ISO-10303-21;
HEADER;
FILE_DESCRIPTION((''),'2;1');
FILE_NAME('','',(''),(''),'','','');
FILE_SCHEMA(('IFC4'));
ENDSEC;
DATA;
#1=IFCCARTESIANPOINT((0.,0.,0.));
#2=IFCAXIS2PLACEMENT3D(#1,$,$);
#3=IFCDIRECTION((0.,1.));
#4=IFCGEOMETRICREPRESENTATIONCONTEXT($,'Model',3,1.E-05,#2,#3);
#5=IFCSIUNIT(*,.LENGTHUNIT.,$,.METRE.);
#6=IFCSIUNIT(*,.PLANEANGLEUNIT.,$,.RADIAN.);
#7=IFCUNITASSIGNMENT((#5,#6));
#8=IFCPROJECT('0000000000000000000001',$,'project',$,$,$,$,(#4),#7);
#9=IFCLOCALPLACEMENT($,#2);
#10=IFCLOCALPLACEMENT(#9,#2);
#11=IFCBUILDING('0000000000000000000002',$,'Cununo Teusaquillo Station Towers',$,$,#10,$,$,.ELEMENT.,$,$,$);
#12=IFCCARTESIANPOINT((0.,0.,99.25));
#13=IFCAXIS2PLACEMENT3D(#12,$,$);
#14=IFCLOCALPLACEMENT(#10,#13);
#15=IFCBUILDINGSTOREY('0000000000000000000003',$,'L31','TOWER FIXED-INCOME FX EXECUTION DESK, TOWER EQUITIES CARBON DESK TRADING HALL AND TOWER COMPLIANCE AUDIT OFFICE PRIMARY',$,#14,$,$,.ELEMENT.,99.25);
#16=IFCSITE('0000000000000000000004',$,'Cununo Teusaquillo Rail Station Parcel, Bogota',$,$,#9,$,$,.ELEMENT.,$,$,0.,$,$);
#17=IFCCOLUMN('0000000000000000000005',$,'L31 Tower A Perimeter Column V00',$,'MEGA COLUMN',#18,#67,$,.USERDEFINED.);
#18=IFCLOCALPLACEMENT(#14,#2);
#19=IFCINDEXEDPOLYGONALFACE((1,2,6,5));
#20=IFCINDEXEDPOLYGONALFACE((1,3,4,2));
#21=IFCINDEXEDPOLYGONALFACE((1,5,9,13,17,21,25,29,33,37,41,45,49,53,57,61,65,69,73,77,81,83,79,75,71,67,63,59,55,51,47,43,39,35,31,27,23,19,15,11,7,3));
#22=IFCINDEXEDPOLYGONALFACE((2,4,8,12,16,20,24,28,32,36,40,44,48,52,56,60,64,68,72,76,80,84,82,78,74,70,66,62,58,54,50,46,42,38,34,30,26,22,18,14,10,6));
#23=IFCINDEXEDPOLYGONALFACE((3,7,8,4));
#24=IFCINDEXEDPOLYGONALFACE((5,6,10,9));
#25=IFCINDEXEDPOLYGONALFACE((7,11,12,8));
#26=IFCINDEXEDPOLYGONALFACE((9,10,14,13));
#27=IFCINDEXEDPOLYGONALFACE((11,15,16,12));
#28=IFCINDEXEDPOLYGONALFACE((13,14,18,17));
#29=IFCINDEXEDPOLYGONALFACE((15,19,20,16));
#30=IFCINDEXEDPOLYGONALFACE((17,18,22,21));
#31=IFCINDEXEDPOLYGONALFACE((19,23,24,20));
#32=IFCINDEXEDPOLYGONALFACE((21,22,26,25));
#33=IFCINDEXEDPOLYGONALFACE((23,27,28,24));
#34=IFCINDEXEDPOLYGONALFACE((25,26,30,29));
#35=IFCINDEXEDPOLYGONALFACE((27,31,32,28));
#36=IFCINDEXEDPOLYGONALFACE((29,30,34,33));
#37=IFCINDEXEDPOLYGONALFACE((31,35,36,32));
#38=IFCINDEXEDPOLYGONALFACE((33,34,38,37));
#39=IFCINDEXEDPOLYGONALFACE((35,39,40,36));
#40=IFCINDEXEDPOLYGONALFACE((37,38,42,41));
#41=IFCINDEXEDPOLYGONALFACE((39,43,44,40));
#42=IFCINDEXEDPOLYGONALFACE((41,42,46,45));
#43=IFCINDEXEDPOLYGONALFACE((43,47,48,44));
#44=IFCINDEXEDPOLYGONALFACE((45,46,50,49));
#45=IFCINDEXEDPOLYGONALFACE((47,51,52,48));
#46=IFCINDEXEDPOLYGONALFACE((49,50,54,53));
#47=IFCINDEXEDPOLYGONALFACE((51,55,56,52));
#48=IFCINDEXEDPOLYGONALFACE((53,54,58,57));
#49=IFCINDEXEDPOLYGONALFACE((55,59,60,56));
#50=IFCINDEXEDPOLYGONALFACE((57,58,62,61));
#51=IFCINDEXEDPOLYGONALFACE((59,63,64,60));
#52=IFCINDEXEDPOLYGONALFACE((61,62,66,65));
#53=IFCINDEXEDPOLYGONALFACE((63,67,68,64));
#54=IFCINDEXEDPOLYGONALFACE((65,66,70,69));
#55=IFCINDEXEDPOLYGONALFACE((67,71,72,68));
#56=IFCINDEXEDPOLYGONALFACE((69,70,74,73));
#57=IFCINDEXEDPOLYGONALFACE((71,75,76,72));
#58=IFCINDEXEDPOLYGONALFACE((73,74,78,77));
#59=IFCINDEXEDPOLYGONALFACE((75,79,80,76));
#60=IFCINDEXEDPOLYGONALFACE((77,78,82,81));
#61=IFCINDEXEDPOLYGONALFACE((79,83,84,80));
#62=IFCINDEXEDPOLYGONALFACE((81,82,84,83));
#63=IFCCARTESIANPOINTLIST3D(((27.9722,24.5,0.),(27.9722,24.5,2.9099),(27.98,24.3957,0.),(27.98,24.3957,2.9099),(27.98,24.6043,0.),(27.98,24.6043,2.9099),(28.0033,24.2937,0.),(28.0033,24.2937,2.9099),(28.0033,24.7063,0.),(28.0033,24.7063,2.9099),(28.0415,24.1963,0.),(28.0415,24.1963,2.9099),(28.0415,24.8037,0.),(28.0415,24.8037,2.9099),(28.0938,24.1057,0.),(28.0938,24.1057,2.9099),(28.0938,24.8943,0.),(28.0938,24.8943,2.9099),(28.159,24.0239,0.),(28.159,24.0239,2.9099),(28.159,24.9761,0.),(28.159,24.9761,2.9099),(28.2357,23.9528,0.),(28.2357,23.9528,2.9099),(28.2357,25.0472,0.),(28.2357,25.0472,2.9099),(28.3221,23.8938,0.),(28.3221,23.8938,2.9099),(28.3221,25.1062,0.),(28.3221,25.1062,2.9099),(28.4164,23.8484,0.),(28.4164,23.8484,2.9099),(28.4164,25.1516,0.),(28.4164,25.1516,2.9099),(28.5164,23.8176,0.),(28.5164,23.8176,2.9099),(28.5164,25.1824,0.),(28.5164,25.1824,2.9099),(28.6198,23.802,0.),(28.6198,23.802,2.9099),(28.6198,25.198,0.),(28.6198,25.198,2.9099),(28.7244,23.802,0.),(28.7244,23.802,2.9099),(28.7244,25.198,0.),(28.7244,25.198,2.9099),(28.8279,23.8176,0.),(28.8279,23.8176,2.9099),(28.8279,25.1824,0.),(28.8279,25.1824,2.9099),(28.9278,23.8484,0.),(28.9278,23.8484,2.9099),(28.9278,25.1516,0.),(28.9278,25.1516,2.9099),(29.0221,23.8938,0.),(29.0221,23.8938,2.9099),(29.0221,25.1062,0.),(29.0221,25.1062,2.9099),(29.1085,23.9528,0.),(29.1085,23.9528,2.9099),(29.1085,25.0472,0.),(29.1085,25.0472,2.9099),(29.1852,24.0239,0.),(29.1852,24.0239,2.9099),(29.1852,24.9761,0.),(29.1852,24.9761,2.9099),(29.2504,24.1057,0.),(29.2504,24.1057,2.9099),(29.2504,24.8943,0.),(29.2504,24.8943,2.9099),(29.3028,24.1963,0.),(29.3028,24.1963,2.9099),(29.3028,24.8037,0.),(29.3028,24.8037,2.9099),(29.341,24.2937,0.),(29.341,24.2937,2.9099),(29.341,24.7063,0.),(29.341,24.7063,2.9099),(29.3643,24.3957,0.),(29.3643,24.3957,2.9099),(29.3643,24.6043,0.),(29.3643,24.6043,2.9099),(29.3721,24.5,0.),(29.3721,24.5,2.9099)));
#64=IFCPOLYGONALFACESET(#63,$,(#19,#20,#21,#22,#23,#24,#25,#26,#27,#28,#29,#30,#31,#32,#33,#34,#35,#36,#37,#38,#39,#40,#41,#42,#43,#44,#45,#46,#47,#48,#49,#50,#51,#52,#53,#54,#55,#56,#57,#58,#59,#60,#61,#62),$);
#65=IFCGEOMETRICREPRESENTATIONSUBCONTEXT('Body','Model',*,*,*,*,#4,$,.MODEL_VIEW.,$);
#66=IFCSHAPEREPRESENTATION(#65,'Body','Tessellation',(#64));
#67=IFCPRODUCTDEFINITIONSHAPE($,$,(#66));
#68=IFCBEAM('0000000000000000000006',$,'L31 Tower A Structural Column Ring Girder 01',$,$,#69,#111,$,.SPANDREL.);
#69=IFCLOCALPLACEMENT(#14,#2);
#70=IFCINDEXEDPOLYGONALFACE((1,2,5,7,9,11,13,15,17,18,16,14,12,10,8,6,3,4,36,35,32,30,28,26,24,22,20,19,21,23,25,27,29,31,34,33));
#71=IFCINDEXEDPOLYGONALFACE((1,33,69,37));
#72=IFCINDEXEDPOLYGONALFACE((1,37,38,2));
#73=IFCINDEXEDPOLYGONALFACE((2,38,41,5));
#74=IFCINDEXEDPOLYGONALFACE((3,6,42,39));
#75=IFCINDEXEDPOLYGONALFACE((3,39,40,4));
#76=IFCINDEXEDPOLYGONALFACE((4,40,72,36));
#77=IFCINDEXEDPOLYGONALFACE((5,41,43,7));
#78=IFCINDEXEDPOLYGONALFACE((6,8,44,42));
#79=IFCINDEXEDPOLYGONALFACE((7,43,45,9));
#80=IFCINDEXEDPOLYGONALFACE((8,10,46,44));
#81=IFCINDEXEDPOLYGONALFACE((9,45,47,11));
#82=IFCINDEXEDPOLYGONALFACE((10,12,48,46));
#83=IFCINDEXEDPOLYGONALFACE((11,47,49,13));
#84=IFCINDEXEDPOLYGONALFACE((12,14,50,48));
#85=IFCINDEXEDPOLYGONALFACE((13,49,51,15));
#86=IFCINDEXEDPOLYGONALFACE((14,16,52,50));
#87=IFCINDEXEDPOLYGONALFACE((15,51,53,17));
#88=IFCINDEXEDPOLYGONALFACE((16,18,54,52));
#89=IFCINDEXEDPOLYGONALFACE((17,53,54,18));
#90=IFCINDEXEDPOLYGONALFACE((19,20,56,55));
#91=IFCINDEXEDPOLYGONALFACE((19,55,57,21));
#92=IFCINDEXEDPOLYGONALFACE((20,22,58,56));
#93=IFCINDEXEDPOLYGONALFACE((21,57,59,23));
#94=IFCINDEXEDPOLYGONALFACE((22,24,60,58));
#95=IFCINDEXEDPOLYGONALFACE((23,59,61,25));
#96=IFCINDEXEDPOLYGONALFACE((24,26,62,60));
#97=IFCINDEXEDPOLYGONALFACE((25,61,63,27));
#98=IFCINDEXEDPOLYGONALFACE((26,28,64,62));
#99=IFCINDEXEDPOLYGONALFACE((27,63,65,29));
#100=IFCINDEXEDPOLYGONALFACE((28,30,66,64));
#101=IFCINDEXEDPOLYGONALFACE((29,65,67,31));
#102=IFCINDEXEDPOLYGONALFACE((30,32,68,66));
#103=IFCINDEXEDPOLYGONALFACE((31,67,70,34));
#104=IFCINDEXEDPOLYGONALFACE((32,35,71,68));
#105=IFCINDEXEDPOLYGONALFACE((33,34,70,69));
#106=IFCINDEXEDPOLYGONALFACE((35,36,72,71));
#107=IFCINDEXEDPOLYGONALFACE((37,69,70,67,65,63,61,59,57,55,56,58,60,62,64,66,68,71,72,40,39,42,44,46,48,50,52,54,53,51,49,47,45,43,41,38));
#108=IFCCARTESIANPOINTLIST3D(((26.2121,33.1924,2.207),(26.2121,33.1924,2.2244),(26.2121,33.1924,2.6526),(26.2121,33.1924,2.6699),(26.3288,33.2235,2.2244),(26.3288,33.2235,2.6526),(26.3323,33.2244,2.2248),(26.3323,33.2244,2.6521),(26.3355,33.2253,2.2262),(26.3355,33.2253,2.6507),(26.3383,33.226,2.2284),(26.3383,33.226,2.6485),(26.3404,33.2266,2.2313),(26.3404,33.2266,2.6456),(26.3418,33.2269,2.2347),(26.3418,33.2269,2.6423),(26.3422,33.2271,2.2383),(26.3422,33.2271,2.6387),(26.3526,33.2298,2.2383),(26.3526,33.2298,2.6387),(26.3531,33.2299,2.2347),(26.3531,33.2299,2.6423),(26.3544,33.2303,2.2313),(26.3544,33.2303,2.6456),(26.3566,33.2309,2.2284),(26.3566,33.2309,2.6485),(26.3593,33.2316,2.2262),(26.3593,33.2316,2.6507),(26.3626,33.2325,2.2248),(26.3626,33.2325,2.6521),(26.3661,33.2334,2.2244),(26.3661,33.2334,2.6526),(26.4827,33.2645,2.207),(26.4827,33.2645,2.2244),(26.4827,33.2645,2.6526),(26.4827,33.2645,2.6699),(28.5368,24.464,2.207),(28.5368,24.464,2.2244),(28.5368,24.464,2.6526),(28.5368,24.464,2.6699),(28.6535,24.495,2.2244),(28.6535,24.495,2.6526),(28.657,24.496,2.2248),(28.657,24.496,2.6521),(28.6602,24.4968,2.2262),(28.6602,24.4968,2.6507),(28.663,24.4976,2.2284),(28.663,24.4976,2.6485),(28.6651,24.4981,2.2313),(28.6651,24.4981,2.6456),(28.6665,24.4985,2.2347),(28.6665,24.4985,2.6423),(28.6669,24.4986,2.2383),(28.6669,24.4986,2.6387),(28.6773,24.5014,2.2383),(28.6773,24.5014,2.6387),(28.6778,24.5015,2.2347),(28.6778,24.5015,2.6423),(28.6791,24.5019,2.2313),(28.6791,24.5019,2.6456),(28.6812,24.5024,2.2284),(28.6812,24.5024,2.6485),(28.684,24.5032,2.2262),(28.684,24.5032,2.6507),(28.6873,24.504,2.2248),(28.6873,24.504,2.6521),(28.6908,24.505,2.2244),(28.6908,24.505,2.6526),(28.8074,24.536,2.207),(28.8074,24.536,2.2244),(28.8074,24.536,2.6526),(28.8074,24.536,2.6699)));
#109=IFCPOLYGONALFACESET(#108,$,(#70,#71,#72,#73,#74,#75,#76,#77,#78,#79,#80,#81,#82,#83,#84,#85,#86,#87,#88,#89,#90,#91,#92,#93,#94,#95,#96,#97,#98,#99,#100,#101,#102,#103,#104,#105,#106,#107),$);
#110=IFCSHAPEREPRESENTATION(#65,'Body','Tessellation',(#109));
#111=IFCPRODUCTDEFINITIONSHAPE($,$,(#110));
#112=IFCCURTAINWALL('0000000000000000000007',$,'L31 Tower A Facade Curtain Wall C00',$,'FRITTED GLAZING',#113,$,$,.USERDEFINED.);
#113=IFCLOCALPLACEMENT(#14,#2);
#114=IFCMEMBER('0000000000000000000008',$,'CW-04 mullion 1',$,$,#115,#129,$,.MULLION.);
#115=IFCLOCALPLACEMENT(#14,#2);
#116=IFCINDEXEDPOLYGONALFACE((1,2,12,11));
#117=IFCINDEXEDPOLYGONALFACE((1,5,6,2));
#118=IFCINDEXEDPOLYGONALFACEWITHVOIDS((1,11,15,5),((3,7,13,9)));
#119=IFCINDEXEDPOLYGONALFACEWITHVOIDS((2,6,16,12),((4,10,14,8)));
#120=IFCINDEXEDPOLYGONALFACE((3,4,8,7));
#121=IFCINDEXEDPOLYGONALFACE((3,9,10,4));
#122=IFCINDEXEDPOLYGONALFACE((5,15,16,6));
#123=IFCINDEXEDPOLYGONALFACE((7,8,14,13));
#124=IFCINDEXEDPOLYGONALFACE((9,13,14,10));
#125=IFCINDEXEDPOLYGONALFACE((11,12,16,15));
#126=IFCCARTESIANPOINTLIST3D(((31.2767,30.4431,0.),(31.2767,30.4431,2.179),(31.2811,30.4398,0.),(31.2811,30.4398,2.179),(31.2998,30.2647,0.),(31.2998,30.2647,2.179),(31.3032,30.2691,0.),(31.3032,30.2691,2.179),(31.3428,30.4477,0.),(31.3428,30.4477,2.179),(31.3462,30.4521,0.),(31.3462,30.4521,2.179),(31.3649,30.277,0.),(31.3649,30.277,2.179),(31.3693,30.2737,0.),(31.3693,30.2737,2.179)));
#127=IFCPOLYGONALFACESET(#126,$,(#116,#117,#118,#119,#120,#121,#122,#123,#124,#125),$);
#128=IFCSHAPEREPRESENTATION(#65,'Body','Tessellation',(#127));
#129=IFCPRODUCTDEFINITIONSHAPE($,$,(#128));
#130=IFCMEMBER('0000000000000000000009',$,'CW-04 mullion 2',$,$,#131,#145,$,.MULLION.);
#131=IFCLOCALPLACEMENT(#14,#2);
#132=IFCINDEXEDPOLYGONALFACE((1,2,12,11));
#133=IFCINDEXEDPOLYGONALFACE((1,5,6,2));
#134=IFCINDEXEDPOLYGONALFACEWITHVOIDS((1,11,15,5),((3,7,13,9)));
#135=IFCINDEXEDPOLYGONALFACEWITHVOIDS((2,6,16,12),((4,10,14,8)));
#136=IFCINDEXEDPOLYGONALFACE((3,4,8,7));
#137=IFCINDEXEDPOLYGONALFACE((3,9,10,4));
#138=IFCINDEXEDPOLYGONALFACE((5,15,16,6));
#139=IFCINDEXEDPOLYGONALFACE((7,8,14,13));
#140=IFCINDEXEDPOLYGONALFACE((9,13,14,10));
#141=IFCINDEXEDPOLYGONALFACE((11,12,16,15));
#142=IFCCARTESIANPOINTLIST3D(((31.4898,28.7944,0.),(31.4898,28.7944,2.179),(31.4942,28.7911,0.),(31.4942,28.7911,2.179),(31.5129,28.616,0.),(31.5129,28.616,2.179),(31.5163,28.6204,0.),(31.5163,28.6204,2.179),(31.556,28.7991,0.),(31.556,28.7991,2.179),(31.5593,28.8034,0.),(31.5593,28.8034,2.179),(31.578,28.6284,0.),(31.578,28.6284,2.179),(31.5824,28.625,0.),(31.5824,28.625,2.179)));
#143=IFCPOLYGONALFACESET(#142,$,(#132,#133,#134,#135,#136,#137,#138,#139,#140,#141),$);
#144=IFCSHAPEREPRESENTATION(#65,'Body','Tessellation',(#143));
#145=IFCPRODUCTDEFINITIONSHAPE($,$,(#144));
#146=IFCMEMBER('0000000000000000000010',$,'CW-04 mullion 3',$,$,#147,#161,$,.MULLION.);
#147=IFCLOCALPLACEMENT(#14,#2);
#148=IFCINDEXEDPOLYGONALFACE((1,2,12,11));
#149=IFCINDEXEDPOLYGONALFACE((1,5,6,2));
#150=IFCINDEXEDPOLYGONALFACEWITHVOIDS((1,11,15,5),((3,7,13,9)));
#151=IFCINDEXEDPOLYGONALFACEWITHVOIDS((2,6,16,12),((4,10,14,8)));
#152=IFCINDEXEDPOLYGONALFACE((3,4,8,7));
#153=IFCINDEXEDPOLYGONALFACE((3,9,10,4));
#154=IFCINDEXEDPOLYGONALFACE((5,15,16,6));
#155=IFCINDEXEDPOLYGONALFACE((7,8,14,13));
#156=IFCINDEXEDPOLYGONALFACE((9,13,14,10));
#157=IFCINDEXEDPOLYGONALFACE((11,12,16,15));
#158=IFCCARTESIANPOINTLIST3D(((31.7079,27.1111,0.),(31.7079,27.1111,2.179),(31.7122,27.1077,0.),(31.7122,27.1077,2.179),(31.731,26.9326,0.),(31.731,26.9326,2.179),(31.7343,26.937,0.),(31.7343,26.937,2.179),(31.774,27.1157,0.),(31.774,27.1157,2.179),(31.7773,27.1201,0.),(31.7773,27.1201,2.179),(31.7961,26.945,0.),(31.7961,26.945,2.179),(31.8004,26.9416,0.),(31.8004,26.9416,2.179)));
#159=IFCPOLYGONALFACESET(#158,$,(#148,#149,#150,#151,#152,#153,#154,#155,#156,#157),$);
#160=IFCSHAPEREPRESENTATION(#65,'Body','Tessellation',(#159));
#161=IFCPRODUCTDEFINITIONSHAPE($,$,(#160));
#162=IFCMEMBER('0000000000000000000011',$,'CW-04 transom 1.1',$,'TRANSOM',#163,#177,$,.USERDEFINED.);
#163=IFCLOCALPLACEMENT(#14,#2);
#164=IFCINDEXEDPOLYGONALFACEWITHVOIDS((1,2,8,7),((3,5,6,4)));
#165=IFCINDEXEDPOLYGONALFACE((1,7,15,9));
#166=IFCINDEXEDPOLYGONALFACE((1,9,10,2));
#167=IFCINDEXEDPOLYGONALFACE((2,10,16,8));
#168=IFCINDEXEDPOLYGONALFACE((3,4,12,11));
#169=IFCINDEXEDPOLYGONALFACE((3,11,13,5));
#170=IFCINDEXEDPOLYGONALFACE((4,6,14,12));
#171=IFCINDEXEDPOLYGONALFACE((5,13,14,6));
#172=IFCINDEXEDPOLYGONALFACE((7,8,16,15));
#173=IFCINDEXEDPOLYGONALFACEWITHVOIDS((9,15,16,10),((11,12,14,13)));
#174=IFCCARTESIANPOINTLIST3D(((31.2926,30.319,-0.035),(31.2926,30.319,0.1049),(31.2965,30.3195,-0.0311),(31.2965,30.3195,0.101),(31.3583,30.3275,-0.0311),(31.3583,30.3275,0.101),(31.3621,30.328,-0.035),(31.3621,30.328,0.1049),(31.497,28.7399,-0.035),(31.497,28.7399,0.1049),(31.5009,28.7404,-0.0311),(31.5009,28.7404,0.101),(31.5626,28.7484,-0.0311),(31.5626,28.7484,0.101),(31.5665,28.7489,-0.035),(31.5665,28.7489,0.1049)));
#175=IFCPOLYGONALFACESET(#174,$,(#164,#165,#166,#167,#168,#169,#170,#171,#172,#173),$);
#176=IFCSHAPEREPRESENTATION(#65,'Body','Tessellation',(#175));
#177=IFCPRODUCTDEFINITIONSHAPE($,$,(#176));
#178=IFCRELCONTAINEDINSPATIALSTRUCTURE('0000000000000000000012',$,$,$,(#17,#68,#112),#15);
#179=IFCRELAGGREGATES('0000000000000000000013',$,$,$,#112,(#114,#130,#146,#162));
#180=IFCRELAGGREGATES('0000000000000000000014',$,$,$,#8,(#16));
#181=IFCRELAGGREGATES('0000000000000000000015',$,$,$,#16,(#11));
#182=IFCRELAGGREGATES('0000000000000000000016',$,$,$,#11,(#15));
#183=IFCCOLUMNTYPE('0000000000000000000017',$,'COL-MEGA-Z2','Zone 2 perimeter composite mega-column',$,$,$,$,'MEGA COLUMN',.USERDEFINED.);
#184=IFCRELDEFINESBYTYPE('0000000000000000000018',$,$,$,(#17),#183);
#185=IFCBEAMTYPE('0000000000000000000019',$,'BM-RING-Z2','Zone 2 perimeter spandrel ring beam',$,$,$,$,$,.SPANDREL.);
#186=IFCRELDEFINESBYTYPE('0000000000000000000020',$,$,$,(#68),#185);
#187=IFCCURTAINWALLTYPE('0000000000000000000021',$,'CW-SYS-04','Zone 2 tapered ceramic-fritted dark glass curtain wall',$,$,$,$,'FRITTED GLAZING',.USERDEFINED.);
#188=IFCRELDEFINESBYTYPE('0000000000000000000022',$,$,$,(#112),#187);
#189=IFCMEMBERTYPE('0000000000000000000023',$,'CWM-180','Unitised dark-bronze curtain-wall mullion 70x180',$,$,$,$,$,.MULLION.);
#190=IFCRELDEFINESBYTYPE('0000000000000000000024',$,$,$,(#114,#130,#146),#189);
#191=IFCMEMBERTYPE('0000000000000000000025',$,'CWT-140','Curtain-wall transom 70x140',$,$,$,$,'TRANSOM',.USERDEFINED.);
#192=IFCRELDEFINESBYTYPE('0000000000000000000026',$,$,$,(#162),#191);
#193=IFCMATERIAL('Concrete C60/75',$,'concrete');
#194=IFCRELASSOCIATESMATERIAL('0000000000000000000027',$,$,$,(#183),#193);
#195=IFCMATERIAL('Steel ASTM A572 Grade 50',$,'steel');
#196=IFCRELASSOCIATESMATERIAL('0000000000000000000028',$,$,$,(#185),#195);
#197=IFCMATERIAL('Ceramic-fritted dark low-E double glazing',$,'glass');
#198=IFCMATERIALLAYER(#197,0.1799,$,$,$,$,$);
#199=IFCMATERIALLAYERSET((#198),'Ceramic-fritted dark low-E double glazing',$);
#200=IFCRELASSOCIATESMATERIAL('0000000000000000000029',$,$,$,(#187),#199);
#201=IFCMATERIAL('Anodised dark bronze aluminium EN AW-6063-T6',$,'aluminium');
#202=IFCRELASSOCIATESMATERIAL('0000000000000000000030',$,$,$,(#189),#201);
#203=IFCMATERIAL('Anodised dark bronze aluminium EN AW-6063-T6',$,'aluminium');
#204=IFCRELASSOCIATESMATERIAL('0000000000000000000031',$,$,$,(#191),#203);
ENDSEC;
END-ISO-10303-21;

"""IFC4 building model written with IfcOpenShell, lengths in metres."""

from ifc_helpers import new_model, si_unit, direction, frame, origin, origin_2d, place, context, subcontext, project, spatial, hollow_rectangle, circle, i_section, extrude, material, layer, layer_set, material_profile, profile_set, type_object, element, aggregate, save


model = new_model("IFC4")

# Units and contexts
model_context = context("Model", 3, precision=1e-05, world=origin(), true_north=direction((0.0, 1.0)))
body_context = subcontext(model_context, "Body", "Model", "MODEL_VIEW")
ifc_project = project(units=[si_unit("LENGTHUNIT", "METRE"), si_unit("PLANEANGLEUNIT", "RADIAN")], contexts=[model_context])

# Site, building, storey
site_placement = place(None, origin())
site = spatial("IfcSite", under=ifc_project, at=site_placement, Name="Cununo Teusaquillo Rail Station Parcel, Bogota", CompositionType="ELEMENT", RefElevation=0.0)
building_placement = place(site_placement, origin())
building = spatial("IfcBuilding", under=site, at=building_placement, Name="Cununo Teusaquillo Station Towers", CompositionType="ELEMENT")
storey_placement = place(building_placement, frame((0.0, 0.0, 99.25)))
storey = spatial("IfcBuildingStorey", under=building, at=storey_placement, Name="L31", Description="TOWER FIXED-INCOME FX EXECUTION DESK, TOWER EQUITIES CARBON DESK TRADING HALL AND TOWER COMPLIANCE AUDIT OFFICE PRIMARY", CompositionType="ELEMENT", Elevation=99.25)

# Column
ifc_material_1 = material(Name="Concrete C60/75", Category="concrete")
ifc_material_profile_1 = material_profile(ifc_material_1, circle(Radius=0.7, at=origin_2d()), Name="RC-CIRC-1400")
ifc_profile_set_1 = profile_set([ifc_material_profile_1], Name="Concrete C60/75")
column_type = type_object("IfcColumnType", Name="COL-MEGA-Z2", Description="Zone 2 perimeter composite mega-column", ElementType="MEGA COLUMN", PredefinedType="USERDEFINED", material=ifc_profile_set_1)
column_placement = place(storey_placement, frame((28.6721, 24.5, 0.0), z_axis=(0.0, 0.0, 1.0), x_axis=(1.0, 0.0, 0.0)))
element("IfcColumn", 1, at=column_placement, inside=storey, type_object=column_type, Name="L31 Tower A Perimeter Column V00", ObjectType="MEGA COLUMN", PredefinedType="USERDEFINED", context=body_context, shape_type="SweptSolid", body=[
    extrude(circle(Radius=0.7, at=origin_2d()), origin(), (0.0, 0.0, 1.0), 2.9099),
])

# Beam
ifc_material_2 = material(Name="Steel ASTM A572 Grade 50", Category="steel")
ifc_material_profile_2 = material_profile(ifc_material_2, i_section(OverallWidth=0.28, OverallDepth=0.4629, WebThickness=0.0107, FlangeThickness=0.0173, FilletRadius=0.0139, at=origin_2d()), Name="W18X76")
ifc_profile_set_2 = profile_set([ifc_material_profile_2], Name="Steel ASTM A572 Grade 50")
beam_type = type_object("IfcBeamType", Name="BM-RING-Z2", Description="Zone 2 perimeter spandrel ring beam", PredefinedType="SPANDREL", material=ifc_profile_set_2)
beam_placement = place(storey_placement, frame((28.6721, 24.5, 2.4385), z_axis=(-0.257363, 0.966315, 0.0), x_axis=(-0.966315, -0.257363, 0.0)))
element("IfcBeam", 2, at=beam_placement, inside=storey, type_object=beam_type, Name="L31 Tower A Structural Column Ring Girder 01", PredefinedType="SPANDREL", context=body_context, shape_type="SweptSolid", body=[
    extrude(i_section(OverallWidth=0.28, OverallDepth=0.4629, WebThickness=0.0107, FlangeThickness=0.0173, FilletRadius=0.0139, at=origin_2d()), origin(), (0.0, 0.0, 1.0), 9.0327),
])

# Curtain wall, members
ifc_material_3 = material(Name="Ceramic-fritted dark low-E double glazing", Category="glass")
ifc_layer_1 = layer(ifc_material_3, 0.1799)
ifc_layer_set_1 = layer_set([ifc_layer_1], Name="Ceramic-fritted dark low-E double glazing")
curtain_wall_type = type_object("IfcCurtainWallType", Name="CW-SYS-04", Description="Zone 2 tapered ceramic-fritted dark glass curtain wall", ElementType="FRITTED GLAZING", PredefinedType="USERDEFINED", material=ifc_layer_set_1)
curtain_wall_placement = place(storey_placement, origin())
curtain_wall = element("IfcCurtainWall", 3, at=curtain_wall_placement, inside=storey, type_object=curtain_wall_type, Name="L31 Tower A Facade Curtain Wall C00", ObjectType="FRITTED GLAZING", PredefinedType="USERDEFINED")
ifc_material_4 = material(Name="Anodised dark bronze aluminium EN AW-6063-T6", Category="aluminium")
ifc_material_profile_3 = material_profile(ifc_material_4, hollow_rectangle(XDim=0.0701, YDim=0.1799, WallThickness=0.0039, at=origin_2d()), Name="CW-MULL-70x180")
ifc_profile_set_3 = profile_set([ifc_material_profile_3], Name="Anodised dark bronze aluminium EN AW-6063-T6")
member_type_1 = type_object("IfcMemberType", Name="CWM-180", Description="Unitised dark-bronze curtain-wall mullion 70x180", PredefinedType="MULLION", material=ifc_profile_set_3)
member_1_placement = place(storey_placement, frame((31.323, 30.3584, 0.0), z_axis=(0.0, 0.0, 1.0), x_axis=(0.991731, 0.128336, 0.0)))
member_1 = element("IfcMember", 4, at=member_1_placement, type_object=member_type_1, Name="CW-04 mullion 1", PredefinedType="MULLION", context=body_context, shape_type="SweptSolid", body=[
    extrude(hollow_rectangle(XDim=0.0701, YDim=0.1799, WallThickness=0.0039, at=origin_2d()), origin(), (0.0, 0.0, 1.0), 2.179),
])
member_2_placement = place(storey_placement, frame((31.5361, 28.7097, 0.0), z_axis=(0.0, 0.0, 1.0), x_axis=(0.991731, 0.128336, 0.0)))
member_2 = element("IfcMember", 5, at=member_2_placement, type_object=member_type_1, Name="CW-04 mullion 2", PredefinedType="MULLION", context=body_context, shape_type="SweptSolid", body=[
    extrude(hollow_rectangle(XDim=0.0701, YDim=0.1799, WallThickness=0.0039, at=origin_2d()), origin(), (0.0, 0.0, 1.0), 2.179),
])
member_3_placement = place(storey_placement, frame((31.7542, 27.0264, 0.0), z_axis=(0.0, 0.0, 1.0), x_axis=(0.991731, 0.128336, 0.0)))
member_3 = element("IfcMember", 6, at=member_3_placement, type_object=member_type_1, Name="CW-04 mullion 3", PredefinedType="MULLION", context=body_context, shape_type="SweptSolid", body=[
    extrude(hollow_rectangle(XDim=0.0701, YDim=0.1799, WallThickness=0.0039, at=origin_2d()), origin(), (0.0, 0.0, 1.0), 2.179),
])
ifc_material_5 = material(Name="Anodised dark bronze aluminium EN AW-6063-T6", Category="aluminium")
ifc_material_profile_4 = material_profile(ifc_material_5, hollow_rectangle(XDim=0.0701, YDim=0.1399, WallThickness=0.0039, at=origin_2d()), Name="CW-TRAN-70x140")
ifc_profile_set_4 = profile_set([ifc_material_profile_4], Name="Anodised dark bronze aluminium EN AW-6063-T6")
member_type_2 = type_object("IfcMemberType", Name="CWT-140", Description="Curtain-wall transom 70x140", ElementType="TRANSOM", PredefinedType="USERDEFINED", material=ifc_profile_set_4)
member_4_placement = place(storey_placement, frame((31.3274, 30.3235, 0.0349), z_axis=(0.128336, -0.991731, 0.0), x_axis=(0.991731, 0.128336, 0.0)))
member_4 = element("IfcMember", 7, at=member_4_placement, type_object=member_type_2, Name="CW-04 transom 1.1", ObjectType="TRANSOM", PredefinedType="USERDEFINED", context=body_context, shape_type="SweptSolid", body=[
    extrude(hollow_rectangle(XDim=0.0701, YDim=0.1399, WallThickness=0.0039, at=origin_2d()), origin(), (0.0, 0.0, 1.0), 1.5923),
])
aggregate(curtain_wall, [member_1, member_2, member_3, member_4])

save(model, "model.ifc")
